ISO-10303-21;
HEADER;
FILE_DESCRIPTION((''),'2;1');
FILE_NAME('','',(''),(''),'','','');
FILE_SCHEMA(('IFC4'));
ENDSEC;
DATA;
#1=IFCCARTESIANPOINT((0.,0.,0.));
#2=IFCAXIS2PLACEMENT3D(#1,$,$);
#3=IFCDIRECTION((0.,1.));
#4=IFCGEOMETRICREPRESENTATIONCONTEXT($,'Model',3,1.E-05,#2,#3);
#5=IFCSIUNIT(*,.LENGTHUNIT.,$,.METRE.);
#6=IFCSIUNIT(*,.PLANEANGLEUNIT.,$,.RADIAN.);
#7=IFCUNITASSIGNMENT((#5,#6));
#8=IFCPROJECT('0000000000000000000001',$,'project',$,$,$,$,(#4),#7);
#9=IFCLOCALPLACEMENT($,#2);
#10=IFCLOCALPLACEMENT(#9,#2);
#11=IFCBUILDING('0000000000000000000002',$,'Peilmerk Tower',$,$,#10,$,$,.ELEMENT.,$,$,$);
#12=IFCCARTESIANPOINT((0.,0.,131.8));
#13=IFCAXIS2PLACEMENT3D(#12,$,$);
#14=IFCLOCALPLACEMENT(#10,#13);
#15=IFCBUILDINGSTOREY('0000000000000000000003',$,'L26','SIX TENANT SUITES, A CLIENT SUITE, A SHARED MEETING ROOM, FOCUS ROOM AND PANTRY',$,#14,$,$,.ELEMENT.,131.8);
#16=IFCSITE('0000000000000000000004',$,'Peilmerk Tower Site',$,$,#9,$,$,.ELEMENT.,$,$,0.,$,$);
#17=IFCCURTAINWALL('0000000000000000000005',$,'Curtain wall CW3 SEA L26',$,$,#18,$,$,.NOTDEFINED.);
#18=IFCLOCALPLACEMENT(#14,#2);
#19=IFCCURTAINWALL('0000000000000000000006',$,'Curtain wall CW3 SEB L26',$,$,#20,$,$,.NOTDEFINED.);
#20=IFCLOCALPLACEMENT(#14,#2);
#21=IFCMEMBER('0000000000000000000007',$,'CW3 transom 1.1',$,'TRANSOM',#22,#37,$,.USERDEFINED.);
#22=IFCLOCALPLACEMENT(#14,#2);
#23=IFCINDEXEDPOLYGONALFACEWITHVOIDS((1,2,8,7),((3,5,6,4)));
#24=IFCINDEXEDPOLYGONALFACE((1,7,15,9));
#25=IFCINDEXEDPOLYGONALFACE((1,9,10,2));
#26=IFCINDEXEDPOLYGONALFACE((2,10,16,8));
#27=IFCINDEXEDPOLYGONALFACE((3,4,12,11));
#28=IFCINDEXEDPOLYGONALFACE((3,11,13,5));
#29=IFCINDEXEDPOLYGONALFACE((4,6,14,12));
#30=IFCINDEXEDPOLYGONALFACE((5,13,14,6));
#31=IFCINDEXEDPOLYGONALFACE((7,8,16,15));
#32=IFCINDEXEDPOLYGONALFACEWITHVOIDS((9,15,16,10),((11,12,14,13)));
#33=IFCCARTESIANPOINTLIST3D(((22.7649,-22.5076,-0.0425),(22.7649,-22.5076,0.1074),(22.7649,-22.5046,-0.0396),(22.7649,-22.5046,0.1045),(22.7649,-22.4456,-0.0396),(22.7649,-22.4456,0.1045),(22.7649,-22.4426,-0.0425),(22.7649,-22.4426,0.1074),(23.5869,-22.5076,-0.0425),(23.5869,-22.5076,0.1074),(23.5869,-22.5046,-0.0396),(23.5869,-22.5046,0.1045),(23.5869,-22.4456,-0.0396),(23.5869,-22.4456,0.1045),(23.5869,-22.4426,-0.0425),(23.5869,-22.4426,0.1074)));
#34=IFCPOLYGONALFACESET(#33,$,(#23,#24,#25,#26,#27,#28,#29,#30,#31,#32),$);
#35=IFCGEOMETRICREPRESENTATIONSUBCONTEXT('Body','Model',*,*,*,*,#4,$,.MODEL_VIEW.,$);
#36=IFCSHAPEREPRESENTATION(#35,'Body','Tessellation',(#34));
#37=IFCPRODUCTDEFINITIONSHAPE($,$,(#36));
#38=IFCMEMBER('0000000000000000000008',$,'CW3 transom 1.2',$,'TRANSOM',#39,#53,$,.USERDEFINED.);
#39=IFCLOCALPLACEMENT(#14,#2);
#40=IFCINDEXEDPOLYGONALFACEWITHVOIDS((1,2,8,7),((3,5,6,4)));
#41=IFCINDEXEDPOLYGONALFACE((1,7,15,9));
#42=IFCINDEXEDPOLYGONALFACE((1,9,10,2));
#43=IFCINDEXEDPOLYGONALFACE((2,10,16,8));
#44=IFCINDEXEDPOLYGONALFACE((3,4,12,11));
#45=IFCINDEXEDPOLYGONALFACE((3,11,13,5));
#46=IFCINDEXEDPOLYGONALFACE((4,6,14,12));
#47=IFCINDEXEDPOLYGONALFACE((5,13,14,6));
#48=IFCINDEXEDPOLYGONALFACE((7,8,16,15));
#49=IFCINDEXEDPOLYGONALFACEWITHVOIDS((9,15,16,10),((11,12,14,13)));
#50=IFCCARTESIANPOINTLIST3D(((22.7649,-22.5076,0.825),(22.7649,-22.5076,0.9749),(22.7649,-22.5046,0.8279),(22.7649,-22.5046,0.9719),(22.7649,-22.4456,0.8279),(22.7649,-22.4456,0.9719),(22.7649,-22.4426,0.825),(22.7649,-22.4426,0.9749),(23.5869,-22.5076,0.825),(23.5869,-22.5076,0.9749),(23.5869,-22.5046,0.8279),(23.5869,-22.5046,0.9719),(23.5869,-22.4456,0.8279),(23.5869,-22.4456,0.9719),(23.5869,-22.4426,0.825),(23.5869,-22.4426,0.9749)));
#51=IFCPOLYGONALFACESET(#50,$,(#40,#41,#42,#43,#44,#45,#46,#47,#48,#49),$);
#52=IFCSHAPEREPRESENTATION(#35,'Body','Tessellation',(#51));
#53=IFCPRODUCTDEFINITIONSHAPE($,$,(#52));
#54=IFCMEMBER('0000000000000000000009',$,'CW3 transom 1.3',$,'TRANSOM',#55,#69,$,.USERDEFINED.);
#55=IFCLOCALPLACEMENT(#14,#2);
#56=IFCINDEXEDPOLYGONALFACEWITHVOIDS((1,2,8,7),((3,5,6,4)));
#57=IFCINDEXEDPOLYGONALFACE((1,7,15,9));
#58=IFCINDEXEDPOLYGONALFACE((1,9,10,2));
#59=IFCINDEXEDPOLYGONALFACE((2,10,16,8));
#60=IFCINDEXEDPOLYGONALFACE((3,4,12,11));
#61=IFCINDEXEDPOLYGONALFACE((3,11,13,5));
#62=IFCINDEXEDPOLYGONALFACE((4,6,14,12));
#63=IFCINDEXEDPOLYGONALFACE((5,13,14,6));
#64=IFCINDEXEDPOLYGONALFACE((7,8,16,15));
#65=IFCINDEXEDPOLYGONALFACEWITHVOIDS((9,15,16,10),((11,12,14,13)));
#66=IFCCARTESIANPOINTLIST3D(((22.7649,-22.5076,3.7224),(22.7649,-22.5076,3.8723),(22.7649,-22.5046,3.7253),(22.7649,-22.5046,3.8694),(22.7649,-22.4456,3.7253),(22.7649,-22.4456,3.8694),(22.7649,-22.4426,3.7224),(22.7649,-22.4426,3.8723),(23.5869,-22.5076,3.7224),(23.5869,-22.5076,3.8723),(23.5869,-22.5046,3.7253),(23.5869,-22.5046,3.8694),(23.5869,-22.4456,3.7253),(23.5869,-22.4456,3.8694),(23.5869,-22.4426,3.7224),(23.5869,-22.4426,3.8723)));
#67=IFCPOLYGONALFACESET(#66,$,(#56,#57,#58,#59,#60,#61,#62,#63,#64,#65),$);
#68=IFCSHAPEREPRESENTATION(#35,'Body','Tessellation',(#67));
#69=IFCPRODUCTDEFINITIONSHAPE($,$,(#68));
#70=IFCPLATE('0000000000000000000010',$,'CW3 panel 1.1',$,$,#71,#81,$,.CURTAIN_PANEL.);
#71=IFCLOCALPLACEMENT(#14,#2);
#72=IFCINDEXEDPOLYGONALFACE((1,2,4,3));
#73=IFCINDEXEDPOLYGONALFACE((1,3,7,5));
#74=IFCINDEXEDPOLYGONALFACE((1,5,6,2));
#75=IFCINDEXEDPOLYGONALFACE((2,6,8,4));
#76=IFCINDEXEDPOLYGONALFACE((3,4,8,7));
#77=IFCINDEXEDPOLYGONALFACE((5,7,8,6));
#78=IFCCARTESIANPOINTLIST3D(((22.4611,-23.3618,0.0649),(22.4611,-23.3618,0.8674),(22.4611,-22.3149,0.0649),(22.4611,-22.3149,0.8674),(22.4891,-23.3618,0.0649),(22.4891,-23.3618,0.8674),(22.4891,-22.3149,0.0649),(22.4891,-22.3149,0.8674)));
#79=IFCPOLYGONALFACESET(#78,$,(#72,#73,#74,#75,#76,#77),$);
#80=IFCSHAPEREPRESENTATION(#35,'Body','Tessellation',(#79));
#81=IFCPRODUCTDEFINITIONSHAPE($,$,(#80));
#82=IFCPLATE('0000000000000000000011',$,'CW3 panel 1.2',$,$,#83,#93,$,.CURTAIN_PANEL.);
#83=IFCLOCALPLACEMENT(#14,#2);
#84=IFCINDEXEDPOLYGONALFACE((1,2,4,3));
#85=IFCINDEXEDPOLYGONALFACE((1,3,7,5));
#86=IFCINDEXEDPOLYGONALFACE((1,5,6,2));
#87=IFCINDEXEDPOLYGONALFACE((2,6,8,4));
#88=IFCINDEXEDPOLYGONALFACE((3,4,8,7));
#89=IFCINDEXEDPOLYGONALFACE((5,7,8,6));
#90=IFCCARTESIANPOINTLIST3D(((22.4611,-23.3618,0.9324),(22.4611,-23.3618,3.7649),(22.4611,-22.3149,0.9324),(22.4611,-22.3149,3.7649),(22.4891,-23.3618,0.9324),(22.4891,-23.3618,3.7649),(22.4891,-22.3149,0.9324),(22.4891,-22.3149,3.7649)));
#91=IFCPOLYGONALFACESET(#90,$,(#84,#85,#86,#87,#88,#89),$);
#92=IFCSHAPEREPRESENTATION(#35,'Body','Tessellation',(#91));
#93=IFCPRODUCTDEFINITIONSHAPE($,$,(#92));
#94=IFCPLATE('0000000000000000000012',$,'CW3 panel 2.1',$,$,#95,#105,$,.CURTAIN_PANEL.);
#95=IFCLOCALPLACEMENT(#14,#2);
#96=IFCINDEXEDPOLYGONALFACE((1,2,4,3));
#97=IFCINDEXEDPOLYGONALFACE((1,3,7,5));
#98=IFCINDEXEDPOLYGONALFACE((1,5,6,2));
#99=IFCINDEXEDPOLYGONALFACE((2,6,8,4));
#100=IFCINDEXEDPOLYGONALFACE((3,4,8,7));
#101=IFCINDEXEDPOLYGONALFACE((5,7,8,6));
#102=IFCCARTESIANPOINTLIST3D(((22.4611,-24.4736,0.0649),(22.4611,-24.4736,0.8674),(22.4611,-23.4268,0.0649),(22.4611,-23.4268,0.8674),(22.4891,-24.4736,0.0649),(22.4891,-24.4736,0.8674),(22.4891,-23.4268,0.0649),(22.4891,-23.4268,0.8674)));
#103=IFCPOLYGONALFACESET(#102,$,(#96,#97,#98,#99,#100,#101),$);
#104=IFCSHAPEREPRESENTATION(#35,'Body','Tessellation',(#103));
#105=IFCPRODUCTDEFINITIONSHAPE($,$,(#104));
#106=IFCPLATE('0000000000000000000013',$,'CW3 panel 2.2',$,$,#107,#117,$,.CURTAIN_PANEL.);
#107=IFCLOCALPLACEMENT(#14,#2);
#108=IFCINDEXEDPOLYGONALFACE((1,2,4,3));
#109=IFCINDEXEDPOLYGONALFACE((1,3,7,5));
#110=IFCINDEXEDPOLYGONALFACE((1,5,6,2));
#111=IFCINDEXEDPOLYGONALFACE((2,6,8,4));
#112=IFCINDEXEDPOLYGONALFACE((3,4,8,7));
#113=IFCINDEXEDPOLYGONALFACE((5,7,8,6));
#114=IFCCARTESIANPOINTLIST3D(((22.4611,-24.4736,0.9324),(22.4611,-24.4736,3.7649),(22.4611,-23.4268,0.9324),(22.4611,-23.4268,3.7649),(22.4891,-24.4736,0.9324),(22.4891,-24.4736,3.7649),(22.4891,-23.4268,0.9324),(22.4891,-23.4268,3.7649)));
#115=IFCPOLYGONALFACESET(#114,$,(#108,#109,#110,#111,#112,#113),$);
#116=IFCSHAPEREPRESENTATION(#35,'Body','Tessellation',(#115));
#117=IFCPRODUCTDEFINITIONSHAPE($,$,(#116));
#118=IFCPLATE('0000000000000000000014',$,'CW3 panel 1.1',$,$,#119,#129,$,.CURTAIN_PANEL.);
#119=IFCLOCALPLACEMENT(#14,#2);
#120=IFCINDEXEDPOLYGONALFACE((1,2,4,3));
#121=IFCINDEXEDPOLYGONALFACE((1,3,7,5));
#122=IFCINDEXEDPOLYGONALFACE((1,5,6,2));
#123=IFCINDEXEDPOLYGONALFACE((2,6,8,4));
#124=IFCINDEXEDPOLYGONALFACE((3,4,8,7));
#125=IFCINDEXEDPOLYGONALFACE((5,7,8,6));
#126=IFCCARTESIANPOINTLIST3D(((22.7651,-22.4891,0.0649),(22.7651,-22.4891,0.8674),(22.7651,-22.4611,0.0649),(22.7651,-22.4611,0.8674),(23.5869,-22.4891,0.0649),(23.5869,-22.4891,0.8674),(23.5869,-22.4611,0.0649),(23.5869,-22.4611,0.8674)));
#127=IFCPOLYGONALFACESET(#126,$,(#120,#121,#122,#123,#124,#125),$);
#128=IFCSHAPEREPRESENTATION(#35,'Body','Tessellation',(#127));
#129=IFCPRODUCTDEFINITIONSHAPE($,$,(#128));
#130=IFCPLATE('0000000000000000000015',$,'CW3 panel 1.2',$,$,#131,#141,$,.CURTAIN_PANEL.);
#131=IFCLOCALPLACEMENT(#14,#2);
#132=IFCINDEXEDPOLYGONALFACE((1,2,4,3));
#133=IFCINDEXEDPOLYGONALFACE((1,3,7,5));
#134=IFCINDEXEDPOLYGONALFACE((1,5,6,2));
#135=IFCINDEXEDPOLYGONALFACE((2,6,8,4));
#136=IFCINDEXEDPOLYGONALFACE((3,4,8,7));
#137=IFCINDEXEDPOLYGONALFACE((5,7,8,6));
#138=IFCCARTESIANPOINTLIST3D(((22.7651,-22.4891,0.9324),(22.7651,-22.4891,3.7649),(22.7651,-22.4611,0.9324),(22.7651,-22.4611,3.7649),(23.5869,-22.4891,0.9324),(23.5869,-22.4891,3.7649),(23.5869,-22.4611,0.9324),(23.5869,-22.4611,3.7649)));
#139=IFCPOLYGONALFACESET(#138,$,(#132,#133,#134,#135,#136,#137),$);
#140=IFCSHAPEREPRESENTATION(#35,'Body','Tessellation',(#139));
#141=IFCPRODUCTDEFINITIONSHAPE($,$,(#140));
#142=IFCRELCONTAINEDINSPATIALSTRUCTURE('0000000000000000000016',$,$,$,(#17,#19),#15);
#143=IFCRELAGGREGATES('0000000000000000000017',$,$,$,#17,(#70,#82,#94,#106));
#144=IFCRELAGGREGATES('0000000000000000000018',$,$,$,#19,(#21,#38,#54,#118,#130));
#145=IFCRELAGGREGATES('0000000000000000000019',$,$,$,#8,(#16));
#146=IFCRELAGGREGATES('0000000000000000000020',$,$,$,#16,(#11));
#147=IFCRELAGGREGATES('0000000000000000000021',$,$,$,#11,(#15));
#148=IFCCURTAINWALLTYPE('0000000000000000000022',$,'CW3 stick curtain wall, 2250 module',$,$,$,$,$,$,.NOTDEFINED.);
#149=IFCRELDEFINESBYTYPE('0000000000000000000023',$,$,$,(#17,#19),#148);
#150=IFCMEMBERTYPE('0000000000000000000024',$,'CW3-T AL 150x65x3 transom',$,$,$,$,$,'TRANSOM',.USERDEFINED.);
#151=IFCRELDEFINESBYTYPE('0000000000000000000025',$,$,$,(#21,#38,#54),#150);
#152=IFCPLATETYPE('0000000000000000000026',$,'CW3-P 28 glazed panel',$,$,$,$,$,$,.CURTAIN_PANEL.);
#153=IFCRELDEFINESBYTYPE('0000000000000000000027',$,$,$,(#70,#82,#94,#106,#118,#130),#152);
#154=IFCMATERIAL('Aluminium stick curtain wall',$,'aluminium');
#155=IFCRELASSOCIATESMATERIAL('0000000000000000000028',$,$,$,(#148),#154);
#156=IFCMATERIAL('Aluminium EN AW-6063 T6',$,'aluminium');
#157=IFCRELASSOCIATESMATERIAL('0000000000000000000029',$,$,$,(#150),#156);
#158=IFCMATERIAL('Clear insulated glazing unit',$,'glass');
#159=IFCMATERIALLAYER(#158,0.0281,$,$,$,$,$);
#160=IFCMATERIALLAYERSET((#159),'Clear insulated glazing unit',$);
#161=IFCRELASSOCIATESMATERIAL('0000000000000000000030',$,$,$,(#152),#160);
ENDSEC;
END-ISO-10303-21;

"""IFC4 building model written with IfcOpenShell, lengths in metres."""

from ifc_helpers import new_model, si_unit, direction, frame, origin, origin_2d, place, context, subcontext, project, spatial, rectangle, hollow_rectangle, extrude, material, layer, layer_set, material_profile, profile_set, type_object, element, aggregate, save


model = new_model("IFC4")

# Units and contexts
model_context = context("Model", 3, precision=1e-05, world=origin(), true_north=direction((0.0, 1.0)))
body_context = subcontext(model_context, "Body", "Model", "MODEL_VIEW")
ifc_project = project(units=[si_unit("LENGTHUNIT", "METRE"), si_unit("PLANEANGLEUNIT", "RADIAN")], contexts=[model_context])

# Site, building, storey
site_placement = place(None, origin())
site = spatial("IfcSite", under=ifc_project, at=site_placement, Name="Peilmerk Tower Site", CompositionType="ELEMENT", RefElevation=0.0)
building_placement = place(site_placement, origin())
building = spatial("IfcBuilding", under=site, at=building_placement, Name="Peilmerk Tower", CompositionType="ELEMENT")
storey_placement = place(building_placement, frame((0.0, 0.0, 131.8)))
storey = spatial("IfcBuildingStorey", under=building, at=storey_placement, Name="L26", Description="SIX TENANT SUITES, A CLIENT SUITE, A SHARED MEETING ROOM, FOCUS ROOM AND PANTRY", CompositionType="ELEMENT", Elevation=131.8)

# Curtain walls
ifc_material_1 = material(Name="Aluminium stick curtain wall", Category="aluminium")
curtain_wall_type = type_object("IfcCurtainWallType", Name="CW3 stick curtain wall, 2250 module", PredefinedType="NOTDEFINED", material=ifc_material_1)
curtain_wall_1_placement = place(storey_placement, origin())
curtain_wall_1 = element("IfcCurtainWall", 1, at=curtain_wall_1_placement, inside=storey, type_object=curtain_wall_type, Name="Curtain wall CW3 SEA L26", PredefinedType="NOTDEFINED")
ifc_material_2 = material(Name="Aluminium EN AW-6063 T6", Category="aluminium")
curtain_wall_2_placement = place(storey_placement, origin())
curtain_wall_2 = element("IfcCurtainWall", 2, at=curtain_wall_2_placement, inside=storey, type_object=curtain_wall_type, Name="Curtain wall CW3 SEB L26", PredefinedType="NOTDEFINED")

# Members
ifc_material_profile_1 = material_profile(ifc_material_2, hollow_rectangle(XDim=0.0649, YDim=0.1499, WallThickness=0.0029, at=origin_2d()), Name="AL 150x65x3")
ifc_profile_set_1 = profile_set([ifc_material_profile_1], Name="Aluminium EN AW-6063 T6")
member_type_1 = type_object("IfcMemberType", Name="CW3-T AL 150x65x3 transom", ElementType="TRANSOM", PredefinedType="USERDEFINED", material=ifc_profile_set_1)
member_1_placement = place(storey_placement, frame((22.7649, -22.4751, 0.0325), z_axis=(1.0, 0.0, 0.0), x_axis=(0.0, 1.0, 0.0)))
member_1 = element("IfcMember", 3, at=member_1_placement, type_object=member_type_1, Name="CW3 transom 1.1", ObjectType="TRANSOM", PredefinedType="USERDEFINED", context=body_context, shape_type="SweptSolid", body=[
    extrude(hollow_rectangle(XDim=0.0649, YDim=0.1499, WallThickness=0.0029, at=origin_2d()), origin(), (0.0, 0.0, 1.0), 0.822),
])
member_2_placement = place(storey_placement, frame((22.7649, -22.4751, 0.8999), z_axis=(1.0, 0.0, 0.0), x_axis=(0.0, 1.0, 0.0)))
member_2 = element("IfcMember", 4, at=member_2_placement, type_object=member_type_1, Name="CW3 transom 1.2", ObjectType="TRANSOM", PredefinedType="USERDEFINED", context=body_context, shape_type="SweptSolid", body=[
    extrude(hollow_rectangle(XDim=0.0649, YDim=0.1499, WallThickness=0.0029, at=origin_2d()), origin(), (0.0, 0.0, 1.0), 0.822),
])
member_3_placement = place(storey_placement, frame((22.7649, -22.4751, 3.7974), z_axis=(1.0, 0.0, 0.0), x_axis=(0.0, 1.0, 0.0)))
member_3 = element("IfcMember", 5, at=member_3_placement, type_object=member_type_1, Name="CW3 transom 1.3", ObjectType="TRANSOM", PredefinedType="USERDEFINED", context=body_context, shape_type="SweptSolid", body=[
    extrude(hollow_rectangle(XDim=0.0649, YDim=0.1499, WallThickness=0.0029, at=origin_2d()), origin(), (0.0, 0.0, 1.0), 0.822),
])

# Plates
ifc_material_3 = material(Name="Clear insulated glazing unit", Category="glass")
ifc_layer_1 = layer(ifc_material_3, 0.0281)
ifc_layer_set_1 = layer_set([ifc_layer_1], Name="Clear insulated glazing unit")
plate_type = type_object("IfcPlateType", Name="CW3-P 28 glazed panel", PredefinedType="CURTAIN_PANEL", material=ifc_layer_set_1)
plate_1_placement = place(storey_placement, frame((22.4751, -22.8384, 0.0649), z_axis=(0.0, 0.0, 1.0), x_axis=(0.0, -1.0, 0.0)))
plate_1 = element("IfcPlate", 6, at=plate_1_placement, type_object=plate_type, Name="CW3 panel 1.1", PredefinedType="CURTAIN_PANEL", context=body_context, shape_type="SweptSolid", body=[
    extrude(rectangle(XDim=1.0469, YDim=0.0281, at=origin_2d()), origin(), (0.0, 0.0, 1.0), 0.8025),
])
plate_2_placement = place(storey_placement, frame((22.4751, -22.8384, 0.9324), z_axis=(0.0, 0.0, 1.0), x_axis=(0.0, -1.0, 0.0)))
plate_2 = element("IfcPlate", 7, at=plate_2_placement, type_object=plate_type, Name="CW3 panel 1.2", PredefinedType="CURTAIN_PANEL", context=body_context, shape_type="SweptSolid", body=[
    extrude(rectangle(XDim=1.0469, YDim=0.0281, at=origin_2d()), origin(), (0.0, 0.0, 1.0), 2.8325),
])
plate_3_placement = place(storey_placement, frame((22.4751, -23.9502, 0.0649), z_axis=(0.0, 0.0, 1.0), x_axis=(0.0, -1.0, 0.0)))
plate_3 = element("IfcPlate", 8, at=plate_3_placement, type_object=plate_type, Name="CW3 panel 2.1", PredefinedType="CURTAIN_PANEL", context=body_context, shape_type="SweptSolid", body=[
    extrude(rectangle(XDim=1.0469, YDim=0.0281, at=origin_2d()), origin(), (0.0, 0.0, 1.0), 0.8025),
])
plate_4_placement = place(storey_placement, frame((22.4751, -23.9502, 0.9324), z_axis=(0.0, 0.0, 1.0), x_axis=(0.0, -1.0, 0.0)))
plate_4 = element("IfcPlate", 9, at=plate_4_placement, type_object=plate_type, Name="CW3 panel 2.2", PredefinedType="CURTAIN_PANEL", context=body_context, shape_type="SweptSolid", body=[
    extrude(rectangle(XDim=1.0469, YDim=0.0281, at=origin_2d()), origin(), (0.0, 0.0, 1.0), 2.8325),
])
aggregate(curtain_wall_1, [plate_1, plate_2, plate_3, plate_4])
plate_5_placement = place(storey_placement, frame((23.176, -22.4751, 0.0649), z_axis=(0.0, 0.0, 1.0), x_axis=(1.0, 0.0, 0.0)))
plate_5 = element("IfcPlate", 10, at=plate_5_placement, type_object=plate_type, Name="CW3 panel 1.1", PredefinedType="CURTAIN_PANEL", context=body_context, shape_type="SweptSolid", body=[
    extrude(rectangle(XDim=0.8218, YDim=0.0281, at=origin_2d()), origin(), (0.0, 0.0, 1.0), 0.8025),
])
plate_6_placement = place(storey_placement, frame((23.176, -22.4751, 0.9324), z_axis=(0.0, 0.0, 1.0), x_axis=(1.0, 0.0, 0.0)))
plate_6 = element("IfcPlate", 11, at=plate_6_placement, type_object=plate_type, Name="CW3 panel 1.2", PredefinedType="CURTAIN_PANEL", context=body_context, shape_type="SweptSolid", body=[
    extrude(rectangle(XDim=0.8218, YDim=0.0281, at=origin_2d()), origin(), (0.0, 0.0, 1.0), 2.8325),
])
aggregate(curtain_wall_2, [member_1, member_2, member_3, plate_5, plate_6])

save(model, "model.ifc")
